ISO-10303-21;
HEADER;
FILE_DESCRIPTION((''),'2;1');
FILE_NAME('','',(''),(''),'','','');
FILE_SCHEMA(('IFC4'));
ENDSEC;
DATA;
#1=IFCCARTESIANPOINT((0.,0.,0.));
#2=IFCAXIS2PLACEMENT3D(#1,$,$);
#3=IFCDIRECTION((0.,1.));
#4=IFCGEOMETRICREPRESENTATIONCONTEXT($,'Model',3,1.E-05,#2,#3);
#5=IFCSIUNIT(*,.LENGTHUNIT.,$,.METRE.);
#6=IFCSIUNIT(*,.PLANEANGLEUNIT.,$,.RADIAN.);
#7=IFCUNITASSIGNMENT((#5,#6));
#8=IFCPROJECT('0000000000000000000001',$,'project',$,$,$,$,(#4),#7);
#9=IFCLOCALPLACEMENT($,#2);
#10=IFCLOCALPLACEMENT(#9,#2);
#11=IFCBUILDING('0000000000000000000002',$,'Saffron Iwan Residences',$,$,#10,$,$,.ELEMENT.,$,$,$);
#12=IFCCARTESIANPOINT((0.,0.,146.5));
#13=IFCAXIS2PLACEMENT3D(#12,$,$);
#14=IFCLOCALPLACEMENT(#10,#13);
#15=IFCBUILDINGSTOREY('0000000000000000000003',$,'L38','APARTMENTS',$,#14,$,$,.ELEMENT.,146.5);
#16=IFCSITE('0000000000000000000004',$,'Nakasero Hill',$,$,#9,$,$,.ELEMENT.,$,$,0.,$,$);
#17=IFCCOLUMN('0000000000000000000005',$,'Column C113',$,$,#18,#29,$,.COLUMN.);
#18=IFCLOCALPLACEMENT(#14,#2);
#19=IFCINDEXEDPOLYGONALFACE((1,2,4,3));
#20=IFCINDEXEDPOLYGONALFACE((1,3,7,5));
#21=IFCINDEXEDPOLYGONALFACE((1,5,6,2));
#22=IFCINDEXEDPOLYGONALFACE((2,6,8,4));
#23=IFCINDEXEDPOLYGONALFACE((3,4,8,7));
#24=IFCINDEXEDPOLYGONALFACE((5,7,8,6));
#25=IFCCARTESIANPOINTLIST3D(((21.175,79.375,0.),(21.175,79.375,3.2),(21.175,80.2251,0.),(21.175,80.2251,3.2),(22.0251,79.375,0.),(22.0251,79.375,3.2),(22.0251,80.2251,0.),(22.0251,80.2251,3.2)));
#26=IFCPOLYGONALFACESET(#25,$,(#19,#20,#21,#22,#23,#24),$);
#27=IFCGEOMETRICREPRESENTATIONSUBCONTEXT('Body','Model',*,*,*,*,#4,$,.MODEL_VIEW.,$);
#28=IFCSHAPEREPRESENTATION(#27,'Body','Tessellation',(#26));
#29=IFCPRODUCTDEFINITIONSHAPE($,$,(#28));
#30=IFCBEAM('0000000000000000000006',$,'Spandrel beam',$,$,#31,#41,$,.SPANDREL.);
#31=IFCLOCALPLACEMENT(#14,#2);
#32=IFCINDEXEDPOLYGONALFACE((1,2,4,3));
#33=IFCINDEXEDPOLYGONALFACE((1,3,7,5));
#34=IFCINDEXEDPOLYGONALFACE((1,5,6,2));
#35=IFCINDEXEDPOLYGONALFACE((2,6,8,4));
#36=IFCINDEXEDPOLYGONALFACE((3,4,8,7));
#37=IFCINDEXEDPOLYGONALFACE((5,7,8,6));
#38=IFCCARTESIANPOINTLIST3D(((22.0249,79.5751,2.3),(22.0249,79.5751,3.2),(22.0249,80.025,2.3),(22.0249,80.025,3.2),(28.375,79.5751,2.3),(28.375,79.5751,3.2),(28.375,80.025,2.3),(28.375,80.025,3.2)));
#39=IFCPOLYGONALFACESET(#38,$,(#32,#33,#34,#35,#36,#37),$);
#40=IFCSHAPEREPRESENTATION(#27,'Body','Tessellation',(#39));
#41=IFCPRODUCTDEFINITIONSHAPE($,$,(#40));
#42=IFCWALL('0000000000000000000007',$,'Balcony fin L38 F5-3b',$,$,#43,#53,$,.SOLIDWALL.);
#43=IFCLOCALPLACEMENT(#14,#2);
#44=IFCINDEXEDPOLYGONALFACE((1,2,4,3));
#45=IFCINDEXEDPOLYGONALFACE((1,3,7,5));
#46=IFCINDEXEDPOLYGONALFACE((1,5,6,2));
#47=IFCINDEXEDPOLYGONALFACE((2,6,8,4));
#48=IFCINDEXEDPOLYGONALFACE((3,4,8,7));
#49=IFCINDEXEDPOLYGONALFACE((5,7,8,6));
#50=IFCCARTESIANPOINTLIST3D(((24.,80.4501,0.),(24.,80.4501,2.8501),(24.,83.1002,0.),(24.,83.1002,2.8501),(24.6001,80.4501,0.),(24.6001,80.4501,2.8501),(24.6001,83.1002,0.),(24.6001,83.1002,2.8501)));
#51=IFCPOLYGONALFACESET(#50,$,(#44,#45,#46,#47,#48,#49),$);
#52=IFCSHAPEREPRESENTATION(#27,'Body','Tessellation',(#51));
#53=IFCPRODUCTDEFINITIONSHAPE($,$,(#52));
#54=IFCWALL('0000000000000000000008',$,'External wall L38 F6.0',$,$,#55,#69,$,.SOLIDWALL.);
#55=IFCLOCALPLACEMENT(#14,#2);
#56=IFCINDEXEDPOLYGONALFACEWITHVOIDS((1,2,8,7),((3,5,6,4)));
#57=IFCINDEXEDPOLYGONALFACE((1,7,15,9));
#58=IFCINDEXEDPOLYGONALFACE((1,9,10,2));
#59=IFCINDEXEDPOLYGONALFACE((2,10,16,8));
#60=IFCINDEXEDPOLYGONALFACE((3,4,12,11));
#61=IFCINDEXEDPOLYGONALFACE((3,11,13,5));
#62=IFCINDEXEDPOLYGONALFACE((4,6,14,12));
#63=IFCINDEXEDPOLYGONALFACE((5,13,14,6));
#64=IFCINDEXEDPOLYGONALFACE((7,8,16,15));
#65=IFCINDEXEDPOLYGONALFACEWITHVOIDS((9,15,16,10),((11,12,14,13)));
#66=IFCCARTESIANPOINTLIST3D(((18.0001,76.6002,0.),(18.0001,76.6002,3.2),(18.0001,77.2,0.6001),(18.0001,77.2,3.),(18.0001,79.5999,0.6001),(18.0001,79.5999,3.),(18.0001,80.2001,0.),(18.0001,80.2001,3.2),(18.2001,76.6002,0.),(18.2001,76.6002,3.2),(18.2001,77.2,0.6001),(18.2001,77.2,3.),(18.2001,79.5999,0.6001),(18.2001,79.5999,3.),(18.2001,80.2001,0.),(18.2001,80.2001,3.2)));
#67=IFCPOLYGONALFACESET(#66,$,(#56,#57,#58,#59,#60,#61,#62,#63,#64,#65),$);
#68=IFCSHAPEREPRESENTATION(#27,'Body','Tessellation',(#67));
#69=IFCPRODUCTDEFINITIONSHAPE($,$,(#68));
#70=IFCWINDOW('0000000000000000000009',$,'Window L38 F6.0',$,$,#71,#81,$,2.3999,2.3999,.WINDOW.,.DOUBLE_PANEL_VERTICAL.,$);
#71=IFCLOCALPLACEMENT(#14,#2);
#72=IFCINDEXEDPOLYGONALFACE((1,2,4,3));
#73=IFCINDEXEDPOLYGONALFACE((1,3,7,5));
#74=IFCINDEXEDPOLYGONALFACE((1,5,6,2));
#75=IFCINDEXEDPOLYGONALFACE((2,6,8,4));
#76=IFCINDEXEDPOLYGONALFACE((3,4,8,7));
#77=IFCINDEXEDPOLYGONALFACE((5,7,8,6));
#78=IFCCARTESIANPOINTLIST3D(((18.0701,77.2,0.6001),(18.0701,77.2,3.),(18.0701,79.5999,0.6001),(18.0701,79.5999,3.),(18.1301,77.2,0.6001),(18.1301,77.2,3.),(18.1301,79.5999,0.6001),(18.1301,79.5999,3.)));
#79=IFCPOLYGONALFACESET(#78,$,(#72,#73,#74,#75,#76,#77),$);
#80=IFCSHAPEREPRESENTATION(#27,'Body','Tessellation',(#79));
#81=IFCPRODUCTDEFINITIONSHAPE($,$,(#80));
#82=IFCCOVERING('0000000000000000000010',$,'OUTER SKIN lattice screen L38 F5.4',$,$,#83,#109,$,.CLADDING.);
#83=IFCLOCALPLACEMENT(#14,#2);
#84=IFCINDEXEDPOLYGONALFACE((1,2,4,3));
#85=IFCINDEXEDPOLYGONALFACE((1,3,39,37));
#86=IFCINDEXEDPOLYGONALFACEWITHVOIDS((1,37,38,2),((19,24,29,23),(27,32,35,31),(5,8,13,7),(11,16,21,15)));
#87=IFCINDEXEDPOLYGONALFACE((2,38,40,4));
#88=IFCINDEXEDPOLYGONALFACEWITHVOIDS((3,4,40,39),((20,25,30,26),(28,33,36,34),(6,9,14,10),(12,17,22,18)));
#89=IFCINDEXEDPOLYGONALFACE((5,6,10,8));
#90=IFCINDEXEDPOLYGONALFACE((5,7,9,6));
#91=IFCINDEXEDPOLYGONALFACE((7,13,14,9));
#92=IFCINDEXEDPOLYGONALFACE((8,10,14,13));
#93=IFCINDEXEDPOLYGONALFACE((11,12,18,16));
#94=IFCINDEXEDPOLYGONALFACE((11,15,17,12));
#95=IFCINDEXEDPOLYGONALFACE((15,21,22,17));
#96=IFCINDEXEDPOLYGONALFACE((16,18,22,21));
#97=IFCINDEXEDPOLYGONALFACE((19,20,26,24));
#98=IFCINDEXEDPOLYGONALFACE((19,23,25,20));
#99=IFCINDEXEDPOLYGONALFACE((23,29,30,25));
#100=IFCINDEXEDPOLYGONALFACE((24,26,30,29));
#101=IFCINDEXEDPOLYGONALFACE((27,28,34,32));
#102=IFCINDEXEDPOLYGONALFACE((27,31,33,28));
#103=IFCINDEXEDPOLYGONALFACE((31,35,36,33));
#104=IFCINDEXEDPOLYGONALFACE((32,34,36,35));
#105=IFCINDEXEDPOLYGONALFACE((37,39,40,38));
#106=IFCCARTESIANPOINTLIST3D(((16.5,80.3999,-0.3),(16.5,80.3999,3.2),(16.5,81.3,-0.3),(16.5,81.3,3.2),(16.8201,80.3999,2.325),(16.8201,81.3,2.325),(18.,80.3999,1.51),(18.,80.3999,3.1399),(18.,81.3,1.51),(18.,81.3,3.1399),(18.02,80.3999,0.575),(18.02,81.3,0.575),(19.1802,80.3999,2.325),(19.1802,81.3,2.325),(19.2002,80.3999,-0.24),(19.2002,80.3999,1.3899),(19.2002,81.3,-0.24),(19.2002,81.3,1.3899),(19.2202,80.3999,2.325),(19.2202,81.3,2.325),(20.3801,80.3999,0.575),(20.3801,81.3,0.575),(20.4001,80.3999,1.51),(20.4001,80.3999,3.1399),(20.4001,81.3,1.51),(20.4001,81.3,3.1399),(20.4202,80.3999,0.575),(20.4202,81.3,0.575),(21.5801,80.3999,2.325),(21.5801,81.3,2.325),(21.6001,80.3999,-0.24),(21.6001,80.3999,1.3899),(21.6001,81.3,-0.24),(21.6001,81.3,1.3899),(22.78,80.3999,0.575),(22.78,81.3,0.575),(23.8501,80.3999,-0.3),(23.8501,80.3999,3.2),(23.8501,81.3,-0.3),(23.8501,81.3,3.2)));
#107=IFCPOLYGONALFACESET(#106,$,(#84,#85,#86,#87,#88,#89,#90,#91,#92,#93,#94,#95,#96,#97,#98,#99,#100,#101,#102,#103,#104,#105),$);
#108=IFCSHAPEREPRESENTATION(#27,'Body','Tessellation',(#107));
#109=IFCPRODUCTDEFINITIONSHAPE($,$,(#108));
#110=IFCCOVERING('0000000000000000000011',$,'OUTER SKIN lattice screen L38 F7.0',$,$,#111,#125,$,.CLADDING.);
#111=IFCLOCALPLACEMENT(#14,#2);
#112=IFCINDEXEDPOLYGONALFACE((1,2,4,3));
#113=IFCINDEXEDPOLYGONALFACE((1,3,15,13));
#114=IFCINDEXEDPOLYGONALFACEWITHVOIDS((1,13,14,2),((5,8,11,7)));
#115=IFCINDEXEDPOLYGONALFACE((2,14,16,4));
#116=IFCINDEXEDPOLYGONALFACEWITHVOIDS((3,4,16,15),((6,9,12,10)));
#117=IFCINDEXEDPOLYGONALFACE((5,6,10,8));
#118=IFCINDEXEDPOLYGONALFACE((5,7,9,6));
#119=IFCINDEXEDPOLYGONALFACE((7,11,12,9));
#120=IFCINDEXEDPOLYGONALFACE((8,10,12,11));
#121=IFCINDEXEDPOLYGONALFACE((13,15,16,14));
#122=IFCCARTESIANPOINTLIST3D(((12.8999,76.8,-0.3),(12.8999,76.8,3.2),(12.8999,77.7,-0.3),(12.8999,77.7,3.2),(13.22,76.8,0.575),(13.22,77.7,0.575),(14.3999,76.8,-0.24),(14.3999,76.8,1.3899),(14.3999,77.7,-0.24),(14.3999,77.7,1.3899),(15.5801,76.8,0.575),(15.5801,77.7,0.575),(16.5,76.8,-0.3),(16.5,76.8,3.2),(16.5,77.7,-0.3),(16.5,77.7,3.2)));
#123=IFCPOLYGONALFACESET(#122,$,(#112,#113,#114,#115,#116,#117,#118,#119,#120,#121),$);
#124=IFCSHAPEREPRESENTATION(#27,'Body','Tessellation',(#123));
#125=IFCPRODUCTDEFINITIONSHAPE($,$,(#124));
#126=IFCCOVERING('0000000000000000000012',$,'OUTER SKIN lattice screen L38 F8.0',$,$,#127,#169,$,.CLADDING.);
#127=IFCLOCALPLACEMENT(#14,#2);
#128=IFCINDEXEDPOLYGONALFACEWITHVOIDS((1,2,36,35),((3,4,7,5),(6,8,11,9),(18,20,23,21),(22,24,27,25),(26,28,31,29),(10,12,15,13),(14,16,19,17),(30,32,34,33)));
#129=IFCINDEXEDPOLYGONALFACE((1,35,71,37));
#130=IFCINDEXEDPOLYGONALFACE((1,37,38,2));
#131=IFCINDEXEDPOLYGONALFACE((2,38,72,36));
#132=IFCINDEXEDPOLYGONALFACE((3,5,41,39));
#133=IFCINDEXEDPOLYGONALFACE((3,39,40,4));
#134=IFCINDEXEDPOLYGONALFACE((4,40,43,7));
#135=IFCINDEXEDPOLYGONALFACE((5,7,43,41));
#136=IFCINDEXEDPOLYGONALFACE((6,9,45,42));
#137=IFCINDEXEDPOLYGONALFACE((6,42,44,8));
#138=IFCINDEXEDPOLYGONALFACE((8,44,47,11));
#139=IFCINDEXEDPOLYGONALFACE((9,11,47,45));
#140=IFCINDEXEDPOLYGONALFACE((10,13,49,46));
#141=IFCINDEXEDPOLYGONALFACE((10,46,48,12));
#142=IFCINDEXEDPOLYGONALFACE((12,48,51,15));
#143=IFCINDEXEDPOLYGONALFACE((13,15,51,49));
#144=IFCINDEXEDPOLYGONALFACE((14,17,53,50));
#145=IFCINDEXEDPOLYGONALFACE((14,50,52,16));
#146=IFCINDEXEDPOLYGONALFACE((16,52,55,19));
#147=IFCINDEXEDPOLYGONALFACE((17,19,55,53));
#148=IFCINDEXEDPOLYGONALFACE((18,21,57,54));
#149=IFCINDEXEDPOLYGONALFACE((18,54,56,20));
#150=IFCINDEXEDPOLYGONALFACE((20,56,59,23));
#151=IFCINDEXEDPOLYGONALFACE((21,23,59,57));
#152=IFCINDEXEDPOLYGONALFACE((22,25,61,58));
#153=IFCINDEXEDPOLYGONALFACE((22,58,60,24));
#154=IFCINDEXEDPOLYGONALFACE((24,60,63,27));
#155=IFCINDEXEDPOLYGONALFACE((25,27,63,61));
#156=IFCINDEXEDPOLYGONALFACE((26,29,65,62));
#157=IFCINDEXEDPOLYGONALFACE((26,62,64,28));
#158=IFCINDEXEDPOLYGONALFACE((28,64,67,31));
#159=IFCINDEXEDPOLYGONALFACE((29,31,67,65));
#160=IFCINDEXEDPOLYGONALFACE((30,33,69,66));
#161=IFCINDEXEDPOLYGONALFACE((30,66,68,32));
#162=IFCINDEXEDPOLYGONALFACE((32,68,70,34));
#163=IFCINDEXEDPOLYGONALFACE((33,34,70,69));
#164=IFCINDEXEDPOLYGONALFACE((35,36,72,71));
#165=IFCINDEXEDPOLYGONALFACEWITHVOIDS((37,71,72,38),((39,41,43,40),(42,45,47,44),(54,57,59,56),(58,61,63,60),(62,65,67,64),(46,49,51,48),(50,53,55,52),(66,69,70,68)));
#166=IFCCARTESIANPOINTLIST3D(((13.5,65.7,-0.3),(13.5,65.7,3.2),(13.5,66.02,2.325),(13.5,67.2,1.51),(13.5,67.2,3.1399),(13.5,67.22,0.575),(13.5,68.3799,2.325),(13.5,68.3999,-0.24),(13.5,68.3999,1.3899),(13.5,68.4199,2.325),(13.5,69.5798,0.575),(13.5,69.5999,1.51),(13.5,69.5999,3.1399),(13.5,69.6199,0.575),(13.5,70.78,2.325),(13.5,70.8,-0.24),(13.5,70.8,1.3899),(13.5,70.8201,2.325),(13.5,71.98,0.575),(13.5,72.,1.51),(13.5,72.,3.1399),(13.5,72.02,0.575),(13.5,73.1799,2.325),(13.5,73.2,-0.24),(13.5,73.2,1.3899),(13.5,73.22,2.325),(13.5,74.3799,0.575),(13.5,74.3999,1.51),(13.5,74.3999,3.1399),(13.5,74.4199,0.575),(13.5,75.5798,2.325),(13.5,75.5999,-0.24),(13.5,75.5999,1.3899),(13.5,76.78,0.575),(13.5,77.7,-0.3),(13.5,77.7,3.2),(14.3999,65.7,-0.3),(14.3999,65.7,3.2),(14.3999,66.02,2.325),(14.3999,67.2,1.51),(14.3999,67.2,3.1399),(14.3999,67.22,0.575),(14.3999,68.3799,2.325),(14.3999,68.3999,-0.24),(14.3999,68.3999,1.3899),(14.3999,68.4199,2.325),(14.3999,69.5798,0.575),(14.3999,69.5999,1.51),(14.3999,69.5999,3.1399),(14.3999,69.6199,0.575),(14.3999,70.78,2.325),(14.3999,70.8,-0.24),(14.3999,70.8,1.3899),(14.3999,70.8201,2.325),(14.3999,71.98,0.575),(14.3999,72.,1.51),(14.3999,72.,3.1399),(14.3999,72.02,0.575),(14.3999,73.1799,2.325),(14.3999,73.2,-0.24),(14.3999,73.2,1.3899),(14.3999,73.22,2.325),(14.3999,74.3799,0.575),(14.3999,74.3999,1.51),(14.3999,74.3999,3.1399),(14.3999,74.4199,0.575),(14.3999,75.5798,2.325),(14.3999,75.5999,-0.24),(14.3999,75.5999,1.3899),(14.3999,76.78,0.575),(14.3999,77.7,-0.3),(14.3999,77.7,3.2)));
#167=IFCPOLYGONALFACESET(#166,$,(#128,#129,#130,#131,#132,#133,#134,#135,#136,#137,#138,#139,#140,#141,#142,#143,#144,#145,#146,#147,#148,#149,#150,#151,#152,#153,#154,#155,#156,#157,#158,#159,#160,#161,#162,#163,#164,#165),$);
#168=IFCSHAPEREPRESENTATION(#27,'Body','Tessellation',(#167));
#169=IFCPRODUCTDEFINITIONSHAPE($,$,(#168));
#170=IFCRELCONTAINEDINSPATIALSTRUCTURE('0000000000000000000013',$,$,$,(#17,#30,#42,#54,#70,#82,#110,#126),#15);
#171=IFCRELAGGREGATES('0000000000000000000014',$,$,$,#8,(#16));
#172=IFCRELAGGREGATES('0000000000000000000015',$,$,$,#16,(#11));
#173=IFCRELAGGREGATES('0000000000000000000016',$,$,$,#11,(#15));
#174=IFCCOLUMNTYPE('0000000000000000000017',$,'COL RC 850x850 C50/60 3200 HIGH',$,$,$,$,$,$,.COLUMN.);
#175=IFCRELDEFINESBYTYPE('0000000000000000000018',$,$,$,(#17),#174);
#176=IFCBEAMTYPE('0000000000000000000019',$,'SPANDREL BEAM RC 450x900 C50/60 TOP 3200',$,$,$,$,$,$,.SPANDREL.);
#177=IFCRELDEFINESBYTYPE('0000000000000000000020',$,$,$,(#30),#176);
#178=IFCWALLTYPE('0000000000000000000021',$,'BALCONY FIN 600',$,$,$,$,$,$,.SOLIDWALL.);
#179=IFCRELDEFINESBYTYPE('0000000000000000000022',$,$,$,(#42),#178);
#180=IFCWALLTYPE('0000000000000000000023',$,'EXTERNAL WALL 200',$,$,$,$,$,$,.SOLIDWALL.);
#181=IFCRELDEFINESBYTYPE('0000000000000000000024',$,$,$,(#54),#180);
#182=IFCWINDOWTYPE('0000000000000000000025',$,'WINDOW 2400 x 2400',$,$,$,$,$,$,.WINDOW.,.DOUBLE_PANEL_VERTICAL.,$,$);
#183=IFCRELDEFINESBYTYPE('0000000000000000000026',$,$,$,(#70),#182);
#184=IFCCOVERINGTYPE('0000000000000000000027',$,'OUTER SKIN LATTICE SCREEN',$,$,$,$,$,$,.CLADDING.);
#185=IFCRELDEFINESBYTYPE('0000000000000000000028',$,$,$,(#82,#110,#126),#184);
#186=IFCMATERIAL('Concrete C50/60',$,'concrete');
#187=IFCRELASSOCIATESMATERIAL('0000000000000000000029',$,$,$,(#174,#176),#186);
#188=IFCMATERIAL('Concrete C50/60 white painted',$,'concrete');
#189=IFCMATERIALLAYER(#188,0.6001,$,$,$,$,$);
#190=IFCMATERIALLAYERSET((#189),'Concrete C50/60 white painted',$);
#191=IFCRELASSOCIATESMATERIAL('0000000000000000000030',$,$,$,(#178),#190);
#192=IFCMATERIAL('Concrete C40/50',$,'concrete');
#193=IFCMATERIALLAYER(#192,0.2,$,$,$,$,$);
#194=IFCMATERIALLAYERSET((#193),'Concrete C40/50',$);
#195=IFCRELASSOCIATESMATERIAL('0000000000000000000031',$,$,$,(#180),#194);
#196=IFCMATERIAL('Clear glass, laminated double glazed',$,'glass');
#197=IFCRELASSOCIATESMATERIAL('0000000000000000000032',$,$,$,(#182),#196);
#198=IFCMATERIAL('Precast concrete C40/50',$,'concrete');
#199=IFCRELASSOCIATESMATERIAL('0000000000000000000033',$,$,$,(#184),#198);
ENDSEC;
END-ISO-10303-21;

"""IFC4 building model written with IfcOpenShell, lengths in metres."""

from ifc_helpers import new_model, si_unit, direction, frame, frame_2d, origin, origin_2d, place, context, subcontext, project, spatial, polyline, rectangle, outline, extrude, source, transform, mapped, material, layer, layer_set, material_profile, profile_set, type_object, element, fill, save


model = new_model("IFC4")

# Units and contexts
model_context = context("Model", 3, precision=1e-05, world=origin(), true_north=direction((0.0, 1.0)))
body_context = subcontext(model_context, "Body", "Model", "MODEL_VIEW")
ifc_project = project(units=[si_unit("LENGTHUNIT", "METRE"), si_unit("PLANEANGLEUNIT", "RADIAN")], contexts=[model_context])

# Site, building, storey
site_placement = place(None, origin())
site = spatial("IfcSite", under=ifc_project, at=site_placement, Name="Nakasero Hill", CompositionType="ELEMENT", RefElevation=0.0)
building_placement = place(site_placement, origin())
building = spatial("IfcBuilding", under=site, at=building_placement, Name="Saffron Iwan Residences", CompositionType="ELEMENT")
storey_placement = place(building_placement, frame((0.0, 0.0, 146.5)))
storey = spatial("IfcBuildingStorey", under=building, at=storey_placement, Name="L38", Description="APARTMENTS", CompositionType="ELEMENT", Elevation=146.5)

# Column
ifc_material_1 = material(Name="Concrete C50/60", Category="concrete")
ifc_material_profile_1 = material_profile(ifc_material_1, rectangle(XDim=0.8501, YDim=0.8501, at=origin_2d()), Name="RC 850x850")
ifc_profile_set_1 = profile_set([ifc_material_profile_1], Name="Concrete C50/60")
column_type = type_object("IfcColumnType", Name="COL RC 850x850 C50/60 3200 HIGH", PredefinedType="COLUMN", material=ifc_profile_set_1)
shared_shape_1 = source(origin(), body_context, "Body", "SweptSolid", [
    extrude(rectangle(XDim=0.8501, YDim=0.8501, at=origin_2d()), origin(), (0.0, 0.0, 1.0), 3.2),
])
column_placement = place(storey_placement, frame((21.6001, 79.8, 0.0), z_axis=(0.0, 0.0, 1.0), x_axis=(1.0, 0.0, 0.0)))
element("IfcColumn", 1, at=column_placement, inside=storey, type_object=column_type, Name="Column C113", PredefinedType="COLUMN", context=body_context, shape_type="MappedRepresentation", body=[
    mapped(shared_shape_1, transform((0.0, 0.0, 0.0))),
])

# Beam
ifc_material_profile_2 = material_profile(ifc_material_1, rectangle(XDim=0.45, YDim=0.8999, at=origin_2d()), Name="RC 450x900")
ifc_profile_set_2 = profile_set([ifc_material_profile_2], Name="Concrete C50/60")
beam_type = type_object("IfcBeamType", Name="SPANDREL BEAM RC 450x900 C50/60 TOP 3200", PredefinedType="SPANDREL", material=ifc_profile_set_2)
shared_shape_2 = source(origin(), body_context, "Body", "SweptSolid", [
    extrude(rectangle(XDim=0.45, YDim=0.8999, at=origin_2d()), origin(), (0.0, 0.0, 1.0), 6.3501),
])
beam_placement = place(storey_placement, frame((22.0249, 79.8, 2.75), z_axis=(1.0, 0.0, 0.0), x_axis=(0.0, 1.0, 0.0)))
element("IfcBeam", 2, at=beam_placement, inside=storey, type_object=beam_type, Name="Spandrel beam", PredefinedType="SPANDREL", context=body_context, shape_type="MappedRepresentation", body=[
    mapped(shared_shape_2, transform((0.0, 0.0, 0.0))),
])

# Wall
ifc_material_2 = material(Name="Concrete C50/60 white painted", Category="concrete")
ifc_layer_1 = layer(ifc_material_2, 0.6001)
ifc_layer_set_1 = layer_set([ifc_layer_1], Name="Concrete C50/60 white painted")
wall_type_1 = type_object("IfcWallType", Name="BALCONY FIN 600", PredefinedType="SOLIDWALL", material=ifc_layer_set_1)
wall_1_placement = place(storey_placement, frame((24.3, 80.45, 0.0), z_axis=(0.0, 0.0, 1.0), x_axis=(0.0, 1.0, 0.0)))
element("IfcWall", 3, at=wall_1_placement, inside=storey, type_object=wall_type_1, Name="Balcony fin L38 F5-3b", PredefinedType="SOLIDWALL", context=body_context, shape_type="SweptSolid", body=[
    extrude(rectangle(XDim=2.6501, YDim=0.6001, at=frame_2d((1.3252, 0.0))), origin(), (0.0, 0.0, 1.0), 2.8501),
])

# Wall, opening, window
ifc_material_3 = material(Name="Concrete C40/50", Category="concrete")
ifc_layer_2 = layer(ifc_material_3, 0.2)
ifc_layer_set_2 = layer_set([ifc_layer_2], Name="Concrete C40/50")
wall_type_2 = type_object("IfcWallType", Name="EXTERNAL WALL 200", PredefinedType="SOLIDWALL", material=ifc_layer_set_2)
wall_2_placement = place(storey_placement, frame((18.1001, 80.2, 0.0), z_axis=(0.0, 0.0, 1.0), x_axis=(0.0, -1.0, 0.0)))
wall_2 = element("IfcWall", 4, at=wall_2_placement, inside=storey, type_object=wall_type_2, Name="External wall L38 F6.0", PredefinedType="SOLIDWALL", context=body_context, shape_type="SweptSolid", body=[
    extrude(rectangle(XDim=3.5999, YDim=0.2, at=frame_2d((1.7998, 0.0))), origin(), (0.0, 0.0, 1.0), 3.2),
])
opening_placement = place(wall_2_placement, frame((0.6001, 0.0, 0.6001)))
opening = element("IfcOpeningElement", 5, at=opening_placement, cuts=wall_2, PredefinedType="OPENING", context=body_context, shape_type="SweptSolid", body=[
    extrude(rectangle(XDim=2.3999, YDim=2.3999, at=frame_2d((1.2, 1.2))), frame((0.0, 0.1099, 0.0), z_axis=(0.0, -1.0, 0.0), x_axis=(1.0, 0.0, 0.0)), (0.0, 0.0, 1.0), 0.22),
])
ifc_material_4 = material(Name="Clear glass, laminated double glazed", Category="glass")
window_type = type_object("IfcWindowType", Name="WINDOW 2400 x 2400", PartitioningType="DOUBLE_PANEL_VERTICAL", PredefinedType="WINDOW", material=ifc_material_4)
window_placement = place(opening_placement, origin())
window = element("IfcWindow", 6, at=window_placement, inside=storey, type_object=window_type, Name="Window L38 F6.0", OverallHeight=2.3999, OverallWidth=2.3999, PartitioningType="DOUBLE_PANEL_VERTICAL", PredefinedType="WINDOW", context=body_context, shape_type="SweptSolid", body=[
    extrude(rectangle(XDim=2.3999, YDim=2.3999, at=frame_2d((1.2, 1.2))), frame((0.0, 0.03, 0.0), z_axis=(0.0, -1.0, 0.0), x_axis=(1.0, 0.0, 0.0)), (0.0, 0.0, 1.0), 0.0601),
])
fill(opening, window)

# Coverings
ifc_material_5 = material(Name="Precast concrete C40/50", Category="concrete")
covering_type_1 = type_object("IfcCoveringType", Name="OUTER SKIN LATTICE SCREEN", PredefinedType="CLADDING", material=ifc_material_5)
covering_1_placement = place(storey_placement, frame((23.8501, 80.3999, -0.3), z_axis=(0.0, 1.0, 0.0), x_axis=(-1.0, 0.0, 0.0)))
element("IfcCovering", 7, at=covering_1_placement, inside=storey, type_object=covering_type_1, Name="OUTER SKIN lattice screen L38 F5.4", PredefinedType="CLADDING", context=body_context, shape_type="SweptSolid", body=[
    extrude(outline(polyline([(0.0, 0.0), (7.3501, 0.0), (7.3501, 3.5), (0.0, 3.5), (0.0, 0.0)]), holes=[polyline([(1.0701, 0.875), (2.25, 0.0601), (3.4299, 0.875), (2.25, 1.6899), (1.0701, 0.875)]), polyline([(3.47, 0.875), (4.6499, 0.0601), (5.8301, 0.875), (4.6499, 1.6899), (3.47, 0.875)]), polyline([(2.27, 2.625), (3.45, 1.8101), (4.6299, 2.625), (3.45, 3.4399), (2.27, 2.625)]), polyline([(4.6699, 2.625), (5.8501, 1.8101), (7.03, 2.625), (5.8501, 3.4399), (4.6699, 2.625)])]), origin(), (0.0, 0.0, 1.0), 0.9001),
])
covering_2_placement = place(storey_placement, frame((16.5, 76.8, -0.3), z_axis=(0.0, 1.0, 0.0), x_axis=(-1.0, 0.0, 0.0)))
element("IfcCovering", 8, at=covering_2_placement, inside=storey, type_object=covering_type_1, Name="OUTER SKIN lattice screen L38 F7.0", PredefinedType="CLADDING", context=body_context, shape_type="SweptSolid", body=[
    extrude(outline(polyline([(0.0, 0.0), (3.6001, 0.0), (3.6001, 3.5), (0.0, 3.5), (0.0, 0.0)]), holes=[polyline([(0.9199, 0.875), (2.1001, 0.0601), (3.28, 0.875), (2.1001, 1.6899), (0.9199, 0.875)])]), origin(), (0.0, 0.0, 1.0), 0.8999),
])
covering_3_placement = place(storey_placement, frame((14.3999, 77.7, -0.3), z_axis=(-1.0, 0.0, 0.0), x_axis=(0.0, -1.0, 0.0)))
element("IfcCovering", 9, at=covering_3_placement, inside=storey, type_object=covering_type_1, Name="OUTER SKIN lattice screen L38 F8.0", PredefinedType="CLADDING", context=body_context, shape_type="SweptSolid", body=[
    extrude(outline(polyline([(0.0, 0.0), (12.0, 0.0), (12.0, 3.5), (0.0, 3.5), (0.0, 0.0)]), holes=[polyline([(0.9199, 0.875), (2.1001, 0.0601), (3.28, 0.875), (2.1001, 1.6899), (0.9199, 0.875)]), polyline([(3.3201, 0.875), (4.5, 0.0601), (5.6799, 0.875), (4.5, 1.6899), (3.3201, 0.875)]), polyline([(5.72, 0.875), (6.8999, 0.0601), (8.0801, 0.875), (6.8999, 1.6899), (5.72, 0.875)]), polyline([(8.1201, 0.875), (9.3, 0.0601), (10.48, 0.875), (9.3, 1.6899), (8.1201, 0.875)]), polyline([(2.1201, 2.625), (3.3, 1.8101), (4.48, 2.625), (3.3, 3.4399), (2.1201, 2.625)]), polyline([(4.52, 2.625), (5.7, 1.8101), (6.8799, 2.625), (5.7, 3.4399), (4.52, 2.625)]), polyline([(6.9199, 2.625), (8.1001, 1.8101), (9.28, 2.625), (8.1001, 3.4399), (6.9199, 2.625)]), polyline([(9.3201, 2.625), (10.5, 1.8101), (11.6799, 2.625), (10.5, 3.4399), (9.3201, 2.625)])]), origin(), (0.0, 0.0, 1.0), 0.8999),
])

save(model, "model.ifc")
